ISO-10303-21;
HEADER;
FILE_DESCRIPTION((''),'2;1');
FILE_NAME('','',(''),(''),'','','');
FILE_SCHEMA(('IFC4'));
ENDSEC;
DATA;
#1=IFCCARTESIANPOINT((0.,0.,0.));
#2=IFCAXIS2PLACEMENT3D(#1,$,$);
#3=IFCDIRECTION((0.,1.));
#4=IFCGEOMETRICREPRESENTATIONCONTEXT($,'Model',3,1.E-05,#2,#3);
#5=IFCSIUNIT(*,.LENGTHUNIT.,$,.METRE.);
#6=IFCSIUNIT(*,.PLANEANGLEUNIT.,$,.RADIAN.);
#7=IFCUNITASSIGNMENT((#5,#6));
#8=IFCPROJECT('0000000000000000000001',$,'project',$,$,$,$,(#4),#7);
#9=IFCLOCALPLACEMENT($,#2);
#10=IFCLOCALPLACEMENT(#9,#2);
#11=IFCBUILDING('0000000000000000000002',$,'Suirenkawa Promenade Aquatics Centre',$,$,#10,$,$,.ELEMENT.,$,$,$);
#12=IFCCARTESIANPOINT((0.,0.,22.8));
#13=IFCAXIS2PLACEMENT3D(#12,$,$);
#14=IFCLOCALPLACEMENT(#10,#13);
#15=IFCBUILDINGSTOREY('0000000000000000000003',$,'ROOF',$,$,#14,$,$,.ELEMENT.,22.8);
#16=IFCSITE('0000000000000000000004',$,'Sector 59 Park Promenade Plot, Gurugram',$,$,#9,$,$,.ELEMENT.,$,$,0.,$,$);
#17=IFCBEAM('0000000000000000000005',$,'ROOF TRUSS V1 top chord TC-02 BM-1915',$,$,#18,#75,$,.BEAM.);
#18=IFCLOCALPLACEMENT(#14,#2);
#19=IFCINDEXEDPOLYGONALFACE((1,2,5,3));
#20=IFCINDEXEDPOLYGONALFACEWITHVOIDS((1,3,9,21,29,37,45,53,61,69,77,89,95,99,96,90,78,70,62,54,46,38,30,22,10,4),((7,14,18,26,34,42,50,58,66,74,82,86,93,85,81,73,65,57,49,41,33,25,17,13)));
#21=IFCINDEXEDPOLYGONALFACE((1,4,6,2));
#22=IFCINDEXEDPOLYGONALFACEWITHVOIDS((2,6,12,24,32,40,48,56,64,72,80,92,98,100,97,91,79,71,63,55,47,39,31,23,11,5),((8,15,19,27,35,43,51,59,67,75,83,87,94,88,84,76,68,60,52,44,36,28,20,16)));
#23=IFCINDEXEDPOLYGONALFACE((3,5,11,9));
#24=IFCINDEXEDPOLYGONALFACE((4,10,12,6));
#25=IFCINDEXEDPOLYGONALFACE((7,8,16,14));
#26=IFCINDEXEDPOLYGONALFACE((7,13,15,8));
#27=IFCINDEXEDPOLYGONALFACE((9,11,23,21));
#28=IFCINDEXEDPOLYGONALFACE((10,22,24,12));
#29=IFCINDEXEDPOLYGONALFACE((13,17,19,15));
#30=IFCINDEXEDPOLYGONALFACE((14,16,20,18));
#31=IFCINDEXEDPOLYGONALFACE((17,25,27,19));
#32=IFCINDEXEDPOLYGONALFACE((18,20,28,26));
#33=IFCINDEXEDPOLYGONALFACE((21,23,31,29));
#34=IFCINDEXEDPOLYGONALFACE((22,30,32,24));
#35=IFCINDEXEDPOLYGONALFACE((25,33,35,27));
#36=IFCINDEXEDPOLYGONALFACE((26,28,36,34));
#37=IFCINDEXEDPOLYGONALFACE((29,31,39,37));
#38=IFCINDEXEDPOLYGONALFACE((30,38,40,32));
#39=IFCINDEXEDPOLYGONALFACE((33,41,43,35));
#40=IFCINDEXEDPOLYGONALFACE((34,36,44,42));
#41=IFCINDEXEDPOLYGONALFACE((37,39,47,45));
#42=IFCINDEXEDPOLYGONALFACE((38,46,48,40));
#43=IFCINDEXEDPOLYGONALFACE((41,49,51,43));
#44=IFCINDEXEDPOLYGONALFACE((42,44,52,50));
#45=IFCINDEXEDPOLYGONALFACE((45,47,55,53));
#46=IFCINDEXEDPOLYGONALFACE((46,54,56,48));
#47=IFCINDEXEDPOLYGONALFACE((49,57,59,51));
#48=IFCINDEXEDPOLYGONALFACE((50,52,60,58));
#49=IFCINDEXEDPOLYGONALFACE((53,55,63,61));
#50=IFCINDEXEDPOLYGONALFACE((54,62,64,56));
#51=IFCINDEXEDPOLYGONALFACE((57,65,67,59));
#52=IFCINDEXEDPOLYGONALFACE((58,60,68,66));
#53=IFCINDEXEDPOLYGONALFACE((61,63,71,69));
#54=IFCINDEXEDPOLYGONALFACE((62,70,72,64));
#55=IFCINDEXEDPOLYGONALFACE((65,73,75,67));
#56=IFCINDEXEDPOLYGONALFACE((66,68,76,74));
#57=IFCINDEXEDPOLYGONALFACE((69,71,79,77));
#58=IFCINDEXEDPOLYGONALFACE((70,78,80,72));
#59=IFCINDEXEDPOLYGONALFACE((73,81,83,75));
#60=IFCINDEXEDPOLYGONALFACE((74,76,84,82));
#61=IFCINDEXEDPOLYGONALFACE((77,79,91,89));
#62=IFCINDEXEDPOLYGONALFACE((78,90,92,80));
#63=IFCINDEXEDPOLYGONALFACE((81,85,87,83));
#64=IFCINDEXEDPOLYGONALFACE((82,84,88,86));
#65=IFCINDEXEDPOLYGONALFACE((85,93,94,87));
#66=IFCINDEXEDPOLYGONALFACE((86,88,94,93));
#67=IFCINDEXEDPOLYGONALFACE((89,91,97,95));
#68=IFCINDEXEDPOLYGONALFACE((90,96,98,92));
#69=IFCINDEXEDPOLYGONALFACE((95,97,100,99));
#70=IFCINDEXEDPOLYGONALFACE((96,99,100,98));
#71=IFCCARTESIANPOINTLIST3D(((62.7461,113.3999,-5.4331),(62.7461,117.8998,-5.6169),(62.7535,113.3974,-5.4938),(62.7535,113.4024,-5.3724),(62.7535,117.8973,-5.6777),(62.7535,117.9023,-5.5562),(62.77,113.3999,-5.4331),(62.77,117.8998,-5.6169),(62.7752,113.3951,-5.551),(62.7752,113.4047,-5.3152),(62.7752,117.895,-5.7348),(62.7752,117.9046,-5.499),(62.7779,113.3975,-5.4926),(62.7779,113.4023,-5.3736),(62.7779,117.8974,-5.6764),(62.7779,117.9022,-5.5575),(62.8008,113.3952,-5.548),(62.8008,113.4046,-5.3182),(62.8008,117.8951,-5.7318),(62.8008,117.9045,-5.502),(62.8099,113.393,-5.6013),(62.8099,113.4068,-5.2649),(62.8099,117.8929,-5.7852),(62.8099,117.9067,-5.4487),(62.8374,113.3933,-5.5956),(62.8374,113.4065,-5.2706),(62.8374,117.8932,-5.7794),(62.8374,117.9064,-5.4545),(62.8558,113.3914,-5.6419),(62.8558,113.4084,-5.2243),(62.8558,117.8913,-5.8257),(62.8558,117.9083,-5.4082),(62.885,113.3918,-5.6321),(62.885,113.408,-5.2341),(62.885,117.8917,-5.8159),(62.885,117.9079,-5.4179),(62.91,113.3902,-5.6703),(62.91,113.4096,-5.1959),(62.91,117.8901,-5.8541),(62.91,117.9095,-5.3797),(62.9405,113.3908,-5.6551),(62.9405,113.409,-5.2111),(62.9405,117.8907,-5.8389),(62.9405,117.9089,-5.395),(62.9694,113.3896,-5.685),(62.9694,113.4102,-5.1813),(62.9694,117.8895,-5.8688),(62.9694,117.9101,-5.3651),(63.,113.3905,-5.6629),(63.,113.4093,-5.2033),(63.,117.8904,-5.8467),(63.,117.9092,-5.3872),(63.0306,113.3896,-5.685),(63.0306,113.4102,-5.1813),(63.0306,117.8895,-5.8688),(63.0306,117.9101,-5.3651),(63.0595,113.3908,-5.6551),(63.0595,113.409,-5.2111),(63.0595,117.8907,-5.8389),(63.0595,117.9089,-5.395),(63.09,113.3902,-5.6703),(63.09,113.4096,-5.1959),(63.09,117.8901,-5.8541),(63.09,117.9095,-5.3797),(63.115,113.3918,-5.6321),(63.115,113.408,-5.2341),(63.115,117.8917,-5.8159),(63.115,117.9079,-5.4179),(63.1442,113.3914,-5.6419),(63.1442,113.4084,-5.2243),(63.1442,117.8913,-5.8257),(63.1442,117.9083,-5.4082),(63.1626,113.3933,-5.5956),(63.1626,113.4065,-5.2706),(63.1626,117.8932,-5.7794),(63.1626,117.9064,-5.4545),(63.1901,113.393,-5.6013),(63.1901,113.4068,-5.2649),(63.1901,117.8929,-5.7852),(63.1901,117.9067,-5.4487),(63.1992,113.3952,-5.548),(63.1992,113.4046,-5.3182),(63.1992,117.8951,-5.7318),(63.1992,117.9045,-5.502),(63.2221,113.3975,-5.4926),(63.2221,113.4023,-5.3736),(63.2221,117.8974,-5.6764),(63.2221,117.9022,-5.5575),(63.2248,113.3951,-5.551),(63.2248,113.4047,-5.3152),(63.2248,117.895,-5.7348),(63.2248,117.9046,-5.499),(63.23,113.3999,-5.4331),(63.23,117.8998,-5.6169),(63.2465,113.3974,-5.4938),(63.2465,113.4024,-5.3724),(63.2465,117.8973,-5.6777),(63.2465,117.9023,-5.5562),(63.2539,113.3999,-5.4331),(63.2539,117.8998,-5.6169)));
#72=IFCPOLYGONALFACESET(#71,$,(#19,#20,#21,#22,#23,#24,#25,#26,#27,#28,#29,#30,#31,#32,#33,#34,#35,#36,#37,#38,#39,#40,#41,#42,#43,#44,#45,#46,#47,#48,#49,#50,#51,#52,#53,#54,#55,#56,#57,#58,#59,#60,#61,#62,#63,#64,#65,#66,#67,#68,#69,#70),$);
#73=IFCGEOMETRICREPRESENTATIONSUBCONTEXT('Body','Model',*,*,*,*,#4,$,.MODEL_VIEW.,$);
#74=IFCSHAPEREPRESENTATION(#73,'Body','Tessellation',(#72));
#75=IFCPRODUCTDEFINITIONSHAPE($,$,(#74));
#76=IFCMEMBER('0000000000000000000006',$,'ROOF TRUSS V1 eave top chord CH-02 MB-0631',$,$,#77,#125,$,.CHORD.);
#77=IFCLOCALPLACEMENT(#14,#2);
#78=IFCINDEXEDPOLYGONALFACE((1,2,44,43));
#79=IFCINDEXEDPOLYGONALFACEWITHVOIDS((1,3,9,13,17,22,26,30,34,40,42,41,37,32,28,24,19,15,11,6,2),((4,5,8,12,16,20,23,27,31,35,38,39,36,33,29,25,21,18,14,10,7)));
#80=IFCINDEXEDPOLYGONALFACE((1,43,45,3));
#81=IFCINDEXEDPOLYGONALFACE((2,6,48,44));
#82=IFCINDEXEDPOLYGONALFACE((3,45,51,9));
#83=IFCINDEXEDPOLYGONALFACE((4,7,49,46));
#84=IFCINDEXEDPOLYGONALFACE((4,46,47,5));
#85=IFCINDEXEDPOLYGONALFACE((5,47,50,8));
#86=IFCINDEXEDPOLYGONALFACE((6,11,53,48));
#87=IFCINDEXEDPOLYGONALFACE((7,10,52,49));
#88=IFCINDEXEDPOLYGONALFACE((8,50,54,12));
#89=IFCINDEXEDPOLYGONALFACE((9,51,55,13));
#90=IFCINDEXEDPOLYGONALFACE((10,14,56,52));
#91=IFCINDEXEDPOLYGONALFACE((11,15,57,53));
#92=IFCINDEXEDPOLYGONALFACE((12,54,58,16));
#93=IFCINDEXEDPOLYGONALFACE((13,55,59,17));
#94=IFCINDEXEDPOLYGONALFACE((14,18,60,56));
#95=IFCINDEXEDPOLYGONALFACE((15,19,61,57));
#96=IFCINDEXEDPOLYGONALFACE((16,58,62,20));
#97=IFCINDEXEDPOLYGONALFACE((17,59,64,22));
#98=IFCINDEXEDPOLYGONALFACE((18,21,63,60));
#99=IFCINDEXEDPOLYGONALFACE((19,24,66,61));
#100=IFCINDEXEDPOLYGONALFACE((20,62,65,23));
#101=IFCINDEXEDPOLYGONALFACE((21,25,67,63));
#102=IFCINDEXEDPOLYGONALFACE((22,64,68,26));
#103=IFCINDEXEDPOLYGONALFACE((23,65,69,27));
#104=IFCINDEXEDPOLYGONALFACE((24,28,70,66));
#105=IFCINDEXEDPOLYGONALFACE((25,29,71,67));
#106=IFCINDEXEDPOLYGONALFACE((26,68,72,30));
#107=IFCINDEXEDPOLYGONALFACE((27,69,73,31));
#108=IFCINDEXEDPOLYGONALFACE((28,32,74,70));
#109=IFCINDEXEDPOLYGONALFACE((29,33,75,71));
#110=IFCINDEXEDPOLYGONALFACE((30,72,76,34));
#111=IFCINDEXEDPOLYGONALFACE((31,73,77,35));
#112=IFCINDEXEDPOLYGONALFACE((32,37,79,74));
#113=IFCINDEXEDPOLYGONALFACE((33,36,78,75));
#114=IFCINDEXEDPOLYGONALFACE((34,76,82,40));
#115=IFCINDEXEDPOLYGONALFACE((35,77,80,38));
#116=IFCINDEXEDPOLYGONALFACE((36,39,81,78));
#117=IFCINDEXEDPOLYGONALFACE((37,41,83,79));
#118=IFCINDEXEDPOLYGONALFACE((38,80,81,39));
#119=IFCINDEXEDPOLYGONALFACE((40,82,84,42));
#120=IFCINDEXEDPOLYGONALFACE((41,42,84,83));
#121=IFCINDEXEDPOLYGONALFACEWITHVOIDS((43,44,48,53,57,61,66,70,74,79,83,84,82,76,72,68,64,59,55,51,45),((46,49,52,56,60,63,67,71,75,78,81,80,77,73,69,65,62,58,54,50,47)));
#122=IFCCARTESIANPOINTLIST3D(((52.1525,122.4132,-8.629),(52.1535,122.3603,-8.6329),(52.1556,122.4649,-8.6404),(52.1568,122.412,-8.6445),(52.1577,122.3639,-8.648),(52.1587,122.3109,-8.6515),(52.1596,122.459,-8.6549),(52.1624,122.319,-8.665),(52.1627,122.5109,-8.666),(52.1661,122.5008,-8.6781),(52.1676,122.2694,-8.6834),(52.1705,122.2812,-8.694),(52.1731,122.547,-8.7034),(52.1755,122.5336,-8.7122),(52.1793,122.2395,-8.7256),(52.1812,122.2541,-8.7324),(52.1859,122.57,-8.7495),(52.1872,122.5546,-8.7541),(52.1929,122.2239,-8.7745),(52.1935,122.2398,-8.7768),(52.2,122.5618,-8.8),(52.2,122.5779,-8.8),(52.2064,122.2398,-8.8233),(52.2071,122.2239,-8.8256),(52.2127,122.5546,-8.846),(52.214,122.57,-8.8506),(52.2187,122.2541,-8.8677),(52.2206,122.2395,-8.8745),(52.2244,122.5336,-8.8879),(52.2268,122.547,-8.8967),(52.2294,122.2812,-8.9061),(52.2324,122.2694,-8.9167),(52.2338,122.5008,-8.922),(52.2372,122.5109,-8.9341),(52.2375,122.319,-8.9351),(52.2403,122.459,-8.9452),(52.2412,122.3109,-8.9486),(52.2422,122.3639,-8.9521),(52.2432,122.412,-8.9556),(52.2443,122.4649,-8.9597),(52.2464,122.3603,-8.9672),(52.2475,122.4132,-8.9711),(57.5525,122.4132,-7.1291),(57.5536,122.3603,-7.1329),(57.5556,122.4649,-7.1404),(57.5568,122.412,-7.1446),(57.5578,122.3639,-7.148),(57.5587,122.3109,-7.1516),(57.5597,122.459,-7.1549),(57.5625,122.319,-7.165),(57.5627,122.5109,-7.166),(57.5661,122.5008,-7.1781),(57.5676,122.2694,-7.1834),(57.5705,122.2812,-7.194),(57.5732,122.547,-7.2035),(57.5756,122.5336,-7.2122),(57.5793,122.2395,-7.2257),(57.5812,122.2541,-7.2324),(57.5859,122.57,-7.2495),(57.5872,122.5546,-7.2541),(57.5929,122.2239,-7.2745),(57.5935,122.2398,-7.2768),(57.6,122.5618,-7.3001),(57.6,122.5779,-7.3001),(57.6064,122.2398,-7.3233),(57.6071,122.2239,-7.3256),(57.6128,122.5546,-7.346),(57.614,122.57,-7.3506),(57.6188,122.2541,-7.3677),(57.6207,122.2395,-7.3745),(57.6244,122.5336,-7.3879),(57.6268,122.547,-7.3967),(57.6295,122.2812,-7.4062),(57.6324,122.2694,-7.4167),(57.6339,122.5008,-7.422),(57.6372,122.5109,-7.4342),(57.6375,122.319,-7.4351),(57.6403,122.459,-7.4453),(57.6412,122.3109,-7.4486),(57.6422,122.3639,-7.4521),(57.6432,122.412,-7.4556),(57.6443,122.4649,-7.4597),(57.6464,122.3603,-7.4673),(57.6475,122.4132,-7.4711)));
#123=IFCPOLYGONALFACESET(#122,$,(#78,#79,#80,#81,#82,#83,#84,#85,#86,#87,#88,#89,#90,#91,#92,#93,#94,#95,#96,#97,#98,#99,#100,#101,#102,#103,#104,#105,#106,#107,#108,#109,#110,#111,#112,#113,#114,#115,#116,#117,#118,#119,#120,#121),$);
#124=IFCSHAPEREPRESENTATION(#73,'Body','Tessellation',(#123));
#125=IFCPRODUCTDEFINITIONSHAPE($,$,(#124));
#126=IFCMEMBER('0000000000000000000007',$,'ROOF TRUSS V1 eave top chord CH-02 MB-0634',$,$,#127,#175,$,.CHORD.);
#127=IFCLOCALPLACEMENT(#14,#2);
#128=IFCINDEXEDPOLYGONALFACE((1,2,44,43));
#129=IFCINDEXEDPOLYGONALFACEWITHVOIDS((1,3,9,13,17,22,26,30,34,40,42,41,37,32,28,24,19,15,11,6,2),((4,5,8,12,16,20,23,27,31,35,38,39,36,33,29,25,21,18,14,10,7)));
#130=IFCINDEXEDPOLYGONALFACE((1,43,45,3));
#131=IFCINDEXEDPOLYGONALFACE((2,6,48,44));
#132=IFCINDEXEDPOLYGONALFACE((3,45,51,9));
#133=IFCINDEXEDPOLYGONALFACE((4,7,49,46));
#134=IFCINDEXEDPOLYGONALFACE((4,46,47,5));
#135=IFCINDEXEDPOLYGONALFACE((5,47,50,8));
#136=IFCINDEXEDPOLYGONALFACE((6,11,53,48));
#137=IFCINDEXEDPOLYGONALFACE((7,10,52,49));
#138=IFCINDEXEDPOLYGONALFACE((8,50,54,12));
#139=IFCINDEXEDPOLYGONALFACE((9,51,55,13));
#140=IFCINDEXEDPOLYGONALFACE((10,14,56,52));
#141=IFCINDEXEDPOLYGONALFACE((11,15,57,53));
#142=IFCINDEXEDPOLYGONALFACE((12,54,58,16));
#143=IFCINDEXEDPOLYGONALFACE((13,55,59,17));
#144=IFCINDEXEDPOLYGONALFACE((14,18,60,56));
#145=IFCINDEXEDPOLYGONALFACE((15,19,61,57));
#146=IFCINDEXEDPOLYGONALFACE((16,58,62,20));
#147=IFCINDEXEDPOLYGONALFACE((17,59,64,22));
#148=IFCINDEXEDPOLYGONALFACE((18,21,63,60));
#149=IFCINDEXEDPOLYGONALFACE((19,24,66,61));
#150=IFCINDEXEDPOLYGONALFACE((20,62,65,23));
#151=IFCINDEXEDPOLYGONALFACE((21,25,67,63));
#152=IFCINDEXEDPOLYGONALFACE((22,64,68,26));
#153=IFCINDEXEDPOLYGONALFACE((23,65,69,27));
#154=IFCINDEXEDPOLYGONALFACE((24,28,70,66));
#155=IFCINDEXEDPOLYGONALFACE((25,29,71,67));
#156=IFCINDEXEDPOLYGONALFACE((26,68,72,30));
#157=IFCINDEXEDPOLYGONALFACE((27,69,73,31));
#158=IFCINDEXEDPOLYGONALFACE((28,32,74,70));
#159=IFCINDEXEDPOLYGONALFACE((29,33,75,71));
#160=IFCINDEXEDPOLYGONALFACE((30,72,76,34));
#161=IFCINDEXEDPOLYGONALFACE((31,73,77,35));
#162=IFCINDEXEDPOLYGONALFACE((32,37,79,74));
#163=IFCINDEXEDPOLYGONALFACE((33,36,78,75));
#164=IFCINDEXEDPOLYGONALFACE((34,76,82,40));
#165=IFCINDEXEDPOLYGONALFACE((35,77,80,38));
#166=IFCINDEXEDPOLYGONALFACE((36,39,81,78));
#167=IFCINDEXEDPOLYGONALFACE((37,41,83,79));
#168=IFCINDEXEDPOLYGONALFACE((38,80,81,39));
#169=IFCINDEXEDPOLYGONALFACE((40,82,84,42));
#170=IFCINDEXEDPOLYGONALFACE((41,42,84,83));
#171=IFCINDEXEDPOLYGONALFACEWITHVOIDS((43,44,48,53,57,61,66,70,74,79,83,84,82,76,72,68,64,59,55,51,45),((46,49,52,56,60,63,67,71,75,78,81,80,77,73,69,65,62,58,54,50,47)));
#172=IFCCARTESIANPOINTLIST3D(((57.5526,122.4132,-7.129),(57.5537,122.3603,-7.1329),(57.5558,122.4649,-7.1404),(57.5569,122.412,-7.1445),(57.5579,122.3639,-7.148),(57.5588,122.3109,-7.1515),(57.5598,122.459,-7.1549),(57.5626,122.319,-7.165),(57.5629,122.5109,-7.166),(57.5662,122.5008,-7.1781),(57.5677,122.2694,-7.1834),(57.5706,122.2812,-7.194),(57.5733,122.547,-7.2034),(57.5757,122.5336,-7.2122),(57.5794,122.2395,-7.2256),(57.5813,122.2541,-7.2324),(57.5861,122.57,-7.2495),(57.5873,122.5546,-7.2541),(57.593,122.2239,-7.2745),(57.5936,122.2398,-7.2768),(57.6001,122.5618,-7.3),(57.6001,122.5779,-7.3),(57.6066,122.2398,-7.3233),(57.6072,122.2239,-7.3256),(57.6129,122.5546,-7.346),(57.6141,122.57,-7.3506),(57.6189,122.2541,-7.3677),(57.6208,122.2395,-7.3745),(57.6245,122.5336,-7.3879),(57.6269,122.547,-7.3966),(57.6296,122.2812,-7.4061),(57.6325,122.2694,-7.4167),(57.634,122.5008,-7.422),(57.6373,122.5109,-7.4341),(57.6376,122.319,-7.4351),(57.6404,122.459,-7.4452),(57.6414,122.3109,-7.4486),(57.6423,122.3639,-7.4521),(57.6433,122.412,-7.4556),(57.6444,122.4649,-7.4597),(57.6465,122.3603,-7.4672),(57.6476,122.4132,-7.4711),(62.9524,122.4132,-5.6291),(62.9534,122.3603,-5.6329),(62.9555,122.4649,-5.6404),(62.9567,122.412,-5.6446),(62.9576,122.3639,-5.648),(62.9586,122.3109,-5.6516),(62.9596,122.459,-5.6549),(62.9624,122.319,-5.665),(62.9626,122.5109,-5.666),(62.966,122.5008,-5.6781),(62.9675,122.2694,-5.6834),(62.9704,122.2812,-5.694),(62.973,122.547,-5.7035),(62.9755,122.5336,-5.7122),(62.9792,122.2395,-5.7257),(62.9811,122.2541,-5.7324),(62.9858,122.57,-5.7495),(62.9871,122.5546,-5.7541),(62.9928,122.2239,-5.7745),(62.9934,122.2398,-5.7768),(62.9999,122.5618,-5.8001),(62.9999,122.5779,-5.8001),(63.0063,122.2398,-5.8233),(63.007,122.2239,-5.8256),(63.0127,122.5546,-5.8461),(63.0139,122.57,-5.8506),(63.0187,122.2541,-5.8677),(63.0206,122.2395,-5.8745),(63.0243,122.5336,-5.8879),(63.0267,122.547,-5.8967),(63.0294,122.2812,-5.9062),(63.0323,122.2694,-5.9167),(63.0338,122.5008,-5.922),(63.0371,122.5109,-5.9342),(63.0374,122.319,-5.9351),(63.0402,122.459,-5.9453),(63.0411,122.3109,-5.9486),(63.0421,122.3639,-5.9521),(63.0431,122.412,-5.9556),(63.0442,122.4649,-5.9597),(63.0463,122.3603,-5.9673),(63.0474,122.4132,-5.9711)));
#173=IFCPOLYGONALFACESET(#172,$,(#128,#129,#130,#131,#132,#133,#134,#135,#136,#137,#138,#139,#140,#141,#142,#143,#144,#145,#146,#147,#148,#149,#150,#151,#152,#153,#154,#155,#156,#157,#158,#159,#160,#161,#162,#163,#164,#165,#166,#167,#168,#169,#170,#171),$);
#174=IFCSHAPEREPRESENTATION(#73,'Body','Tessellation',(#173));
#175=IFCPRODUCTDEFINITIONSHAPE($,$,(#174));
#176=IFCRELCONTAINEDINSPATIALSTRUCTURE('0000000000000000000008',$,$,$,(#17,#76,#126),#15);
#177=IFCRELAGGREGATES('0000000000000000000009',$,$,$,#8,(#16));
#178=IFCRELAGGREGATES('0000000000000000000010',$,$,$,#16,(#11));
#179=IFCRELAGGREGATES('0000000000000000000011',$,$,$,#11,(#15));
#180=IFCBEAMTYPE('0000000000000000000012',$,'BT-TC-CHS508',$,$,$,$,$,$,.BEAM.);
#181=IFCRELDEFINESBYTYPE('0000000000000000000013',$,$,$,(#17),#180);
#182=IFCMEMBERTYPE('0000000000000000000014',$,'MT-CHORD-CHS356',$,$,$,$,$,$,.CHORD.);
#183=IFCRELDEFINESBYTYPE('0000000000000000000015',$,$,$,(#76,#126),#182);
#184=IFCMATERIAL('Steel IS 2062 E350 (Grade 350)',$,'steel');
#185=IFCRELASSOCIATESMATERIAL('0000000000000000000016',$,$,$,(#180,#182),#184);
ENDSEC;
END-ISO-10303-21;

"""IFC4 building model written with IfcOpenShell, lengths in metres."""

from ifc_helpers import new_model, si_unit, direction, frame, origin, origin_2d, place, context, subcontext, project, spatial, hollow_circle, extrude, material, material_profile, profile_set, type_object, element, save


model = new_model("IFC4")

# Units and contexts
model_context = context("Model", 3, precision=1e-05, world=origin(), true_north=direction((0.0, 1.0)))
body_context = subcontext(model_context, "Body", "Model", "MODEL_VIEW")
ifc_project = project(units=[si_unit("LENGTHUNIT", "METRE"), si_unit("PLANEANGLEUNIT", "RADIAN")], contexts=[model_context])

# Site, building, storey
site_placement = place(None, origin())
site = spatial("IfcSite", under=ifc_project, at=site_placement, Name="Sector 59 Park Promenade Plot, Gurugram", CompositionType="ELEMENT", RefElevation=0.0)
building_placement = place(site_placement, origin())
building = spatial("IfcBuilding", under=site, at=building_placement, Name="Suirenkawa Promenade Aquatics Centre", CompositionType="ELEMENT")
storey_placement = place(building_placement, frame((0.0, 0.0, 22.8)))
storey = spatial("IfcBuildingStorey", under=building, at=storey_placement, Name="ROOF", CompositionType="ELEMENT", Elevation=22.8)

# Beam
ifc_material = material(Name="Steel IS 2062 E350 (Grade 350)", Category="steel")
ifc_material_profile_1 = material_profile(ifc_material, hollow_circle(Radius=0.2539, WallThickness=0.0239, at=origin_2d()), Name="CHS 508x24", Category="steel")
ifc_profile_set_1 = profile_set([ifc_material_profile_1], Name="Steel IS 2062 E350 (Grade 350)")
beam_type_1 = type_object("IfcBeamType", Name="BT-TC-CHS508", PredefinedType="BEAM", material=ifc_profile_set_1)
for number, where, z_axis, x_axis, name in (
    (1, (63.0, 113.3999, -5.4331), (0.0, 0.999167, -0.040819), (-1.0, 0.0, 0.0), "ROOF TRUSS V1 top chord TC-02 BM-1915"),
):
    element("IfcBeam", number, at=place(storey_placement, frame(where, z_axis=z_axis, x_axis=x_axis)), inside=storey, type_object=beam_type_1, Name=name, PredefinedType="BEAM", context=body_context, shape_type="SweptSolid", body=[
        extrude(hollow_circle(Radius=0.2539, WallThickness=0.0239, at=origin_2d()), origin(), (0.0, 0.0, 1.0), 4.5037),
    ])

# Members
ifc_material_profile_2 = material_profile(ifc_material, hollow_circle(Radius=0.178, WallThickness=0.0161, at=origin_2d()), Name="CHS 356x16", Category="steel")
ifc_profile_set_2 = profile_set([ifc_material_profile_2], Name="Steel IS 2062 E350 (Grade 350)")
member_type_1 = type_object("IfcMemberType", Name="MT-CHORD-CHS356", PredefinedType="CHORD", material=ifc_profile_set_2)
member_1_placement = place(storey_placement, frame((52.2, 122.3999, -8.8), z_axis=(0.96352, 0.0, 0.267637), x_axis=(0.0, 1.0, 0.0)))
element("IfcMember", 2, at=member_1_placement, inside=storey, type_object=member_type_1, Name="ROOF TRUSS V1 eave top chord CH-02 MB-0631", PredefinedType="CHORD", context=body_context, shape_type="SweptSolid", body=[
    extrude(hollow_circle(Radius=0.178, WallThickness=0.0161, at=origin_2d()), origin(), (0.0, 0.0, 1.0), 5.6045),
])
for number, where, z_axis, x_axis, name in (
    (3, (57.6001, 122.3999, -7.3), (0.963517, 0.0, 0.267648), (0.0, 1.0, 0.0), "ROOF TRUSS V1 eave top chord CH-02 MB-0634"),
):
    element("IfcMember", number, at=place(storey_placement, frame(where, z_axis=z_axis, x_axis=x_axis)), inside=storey, type_object=member_type_1, Name=name, PredefinedType="CHORD", context=body_context, shape_type="SweptSolid", body=[
        extrude(hollow_circle(Radius=0.178, WallThickness=0.0161, at=origin_2d()), origin(), (0.0, 0.0, 1.0), 5.6042),
    ])

save(model, "model.ifc")
